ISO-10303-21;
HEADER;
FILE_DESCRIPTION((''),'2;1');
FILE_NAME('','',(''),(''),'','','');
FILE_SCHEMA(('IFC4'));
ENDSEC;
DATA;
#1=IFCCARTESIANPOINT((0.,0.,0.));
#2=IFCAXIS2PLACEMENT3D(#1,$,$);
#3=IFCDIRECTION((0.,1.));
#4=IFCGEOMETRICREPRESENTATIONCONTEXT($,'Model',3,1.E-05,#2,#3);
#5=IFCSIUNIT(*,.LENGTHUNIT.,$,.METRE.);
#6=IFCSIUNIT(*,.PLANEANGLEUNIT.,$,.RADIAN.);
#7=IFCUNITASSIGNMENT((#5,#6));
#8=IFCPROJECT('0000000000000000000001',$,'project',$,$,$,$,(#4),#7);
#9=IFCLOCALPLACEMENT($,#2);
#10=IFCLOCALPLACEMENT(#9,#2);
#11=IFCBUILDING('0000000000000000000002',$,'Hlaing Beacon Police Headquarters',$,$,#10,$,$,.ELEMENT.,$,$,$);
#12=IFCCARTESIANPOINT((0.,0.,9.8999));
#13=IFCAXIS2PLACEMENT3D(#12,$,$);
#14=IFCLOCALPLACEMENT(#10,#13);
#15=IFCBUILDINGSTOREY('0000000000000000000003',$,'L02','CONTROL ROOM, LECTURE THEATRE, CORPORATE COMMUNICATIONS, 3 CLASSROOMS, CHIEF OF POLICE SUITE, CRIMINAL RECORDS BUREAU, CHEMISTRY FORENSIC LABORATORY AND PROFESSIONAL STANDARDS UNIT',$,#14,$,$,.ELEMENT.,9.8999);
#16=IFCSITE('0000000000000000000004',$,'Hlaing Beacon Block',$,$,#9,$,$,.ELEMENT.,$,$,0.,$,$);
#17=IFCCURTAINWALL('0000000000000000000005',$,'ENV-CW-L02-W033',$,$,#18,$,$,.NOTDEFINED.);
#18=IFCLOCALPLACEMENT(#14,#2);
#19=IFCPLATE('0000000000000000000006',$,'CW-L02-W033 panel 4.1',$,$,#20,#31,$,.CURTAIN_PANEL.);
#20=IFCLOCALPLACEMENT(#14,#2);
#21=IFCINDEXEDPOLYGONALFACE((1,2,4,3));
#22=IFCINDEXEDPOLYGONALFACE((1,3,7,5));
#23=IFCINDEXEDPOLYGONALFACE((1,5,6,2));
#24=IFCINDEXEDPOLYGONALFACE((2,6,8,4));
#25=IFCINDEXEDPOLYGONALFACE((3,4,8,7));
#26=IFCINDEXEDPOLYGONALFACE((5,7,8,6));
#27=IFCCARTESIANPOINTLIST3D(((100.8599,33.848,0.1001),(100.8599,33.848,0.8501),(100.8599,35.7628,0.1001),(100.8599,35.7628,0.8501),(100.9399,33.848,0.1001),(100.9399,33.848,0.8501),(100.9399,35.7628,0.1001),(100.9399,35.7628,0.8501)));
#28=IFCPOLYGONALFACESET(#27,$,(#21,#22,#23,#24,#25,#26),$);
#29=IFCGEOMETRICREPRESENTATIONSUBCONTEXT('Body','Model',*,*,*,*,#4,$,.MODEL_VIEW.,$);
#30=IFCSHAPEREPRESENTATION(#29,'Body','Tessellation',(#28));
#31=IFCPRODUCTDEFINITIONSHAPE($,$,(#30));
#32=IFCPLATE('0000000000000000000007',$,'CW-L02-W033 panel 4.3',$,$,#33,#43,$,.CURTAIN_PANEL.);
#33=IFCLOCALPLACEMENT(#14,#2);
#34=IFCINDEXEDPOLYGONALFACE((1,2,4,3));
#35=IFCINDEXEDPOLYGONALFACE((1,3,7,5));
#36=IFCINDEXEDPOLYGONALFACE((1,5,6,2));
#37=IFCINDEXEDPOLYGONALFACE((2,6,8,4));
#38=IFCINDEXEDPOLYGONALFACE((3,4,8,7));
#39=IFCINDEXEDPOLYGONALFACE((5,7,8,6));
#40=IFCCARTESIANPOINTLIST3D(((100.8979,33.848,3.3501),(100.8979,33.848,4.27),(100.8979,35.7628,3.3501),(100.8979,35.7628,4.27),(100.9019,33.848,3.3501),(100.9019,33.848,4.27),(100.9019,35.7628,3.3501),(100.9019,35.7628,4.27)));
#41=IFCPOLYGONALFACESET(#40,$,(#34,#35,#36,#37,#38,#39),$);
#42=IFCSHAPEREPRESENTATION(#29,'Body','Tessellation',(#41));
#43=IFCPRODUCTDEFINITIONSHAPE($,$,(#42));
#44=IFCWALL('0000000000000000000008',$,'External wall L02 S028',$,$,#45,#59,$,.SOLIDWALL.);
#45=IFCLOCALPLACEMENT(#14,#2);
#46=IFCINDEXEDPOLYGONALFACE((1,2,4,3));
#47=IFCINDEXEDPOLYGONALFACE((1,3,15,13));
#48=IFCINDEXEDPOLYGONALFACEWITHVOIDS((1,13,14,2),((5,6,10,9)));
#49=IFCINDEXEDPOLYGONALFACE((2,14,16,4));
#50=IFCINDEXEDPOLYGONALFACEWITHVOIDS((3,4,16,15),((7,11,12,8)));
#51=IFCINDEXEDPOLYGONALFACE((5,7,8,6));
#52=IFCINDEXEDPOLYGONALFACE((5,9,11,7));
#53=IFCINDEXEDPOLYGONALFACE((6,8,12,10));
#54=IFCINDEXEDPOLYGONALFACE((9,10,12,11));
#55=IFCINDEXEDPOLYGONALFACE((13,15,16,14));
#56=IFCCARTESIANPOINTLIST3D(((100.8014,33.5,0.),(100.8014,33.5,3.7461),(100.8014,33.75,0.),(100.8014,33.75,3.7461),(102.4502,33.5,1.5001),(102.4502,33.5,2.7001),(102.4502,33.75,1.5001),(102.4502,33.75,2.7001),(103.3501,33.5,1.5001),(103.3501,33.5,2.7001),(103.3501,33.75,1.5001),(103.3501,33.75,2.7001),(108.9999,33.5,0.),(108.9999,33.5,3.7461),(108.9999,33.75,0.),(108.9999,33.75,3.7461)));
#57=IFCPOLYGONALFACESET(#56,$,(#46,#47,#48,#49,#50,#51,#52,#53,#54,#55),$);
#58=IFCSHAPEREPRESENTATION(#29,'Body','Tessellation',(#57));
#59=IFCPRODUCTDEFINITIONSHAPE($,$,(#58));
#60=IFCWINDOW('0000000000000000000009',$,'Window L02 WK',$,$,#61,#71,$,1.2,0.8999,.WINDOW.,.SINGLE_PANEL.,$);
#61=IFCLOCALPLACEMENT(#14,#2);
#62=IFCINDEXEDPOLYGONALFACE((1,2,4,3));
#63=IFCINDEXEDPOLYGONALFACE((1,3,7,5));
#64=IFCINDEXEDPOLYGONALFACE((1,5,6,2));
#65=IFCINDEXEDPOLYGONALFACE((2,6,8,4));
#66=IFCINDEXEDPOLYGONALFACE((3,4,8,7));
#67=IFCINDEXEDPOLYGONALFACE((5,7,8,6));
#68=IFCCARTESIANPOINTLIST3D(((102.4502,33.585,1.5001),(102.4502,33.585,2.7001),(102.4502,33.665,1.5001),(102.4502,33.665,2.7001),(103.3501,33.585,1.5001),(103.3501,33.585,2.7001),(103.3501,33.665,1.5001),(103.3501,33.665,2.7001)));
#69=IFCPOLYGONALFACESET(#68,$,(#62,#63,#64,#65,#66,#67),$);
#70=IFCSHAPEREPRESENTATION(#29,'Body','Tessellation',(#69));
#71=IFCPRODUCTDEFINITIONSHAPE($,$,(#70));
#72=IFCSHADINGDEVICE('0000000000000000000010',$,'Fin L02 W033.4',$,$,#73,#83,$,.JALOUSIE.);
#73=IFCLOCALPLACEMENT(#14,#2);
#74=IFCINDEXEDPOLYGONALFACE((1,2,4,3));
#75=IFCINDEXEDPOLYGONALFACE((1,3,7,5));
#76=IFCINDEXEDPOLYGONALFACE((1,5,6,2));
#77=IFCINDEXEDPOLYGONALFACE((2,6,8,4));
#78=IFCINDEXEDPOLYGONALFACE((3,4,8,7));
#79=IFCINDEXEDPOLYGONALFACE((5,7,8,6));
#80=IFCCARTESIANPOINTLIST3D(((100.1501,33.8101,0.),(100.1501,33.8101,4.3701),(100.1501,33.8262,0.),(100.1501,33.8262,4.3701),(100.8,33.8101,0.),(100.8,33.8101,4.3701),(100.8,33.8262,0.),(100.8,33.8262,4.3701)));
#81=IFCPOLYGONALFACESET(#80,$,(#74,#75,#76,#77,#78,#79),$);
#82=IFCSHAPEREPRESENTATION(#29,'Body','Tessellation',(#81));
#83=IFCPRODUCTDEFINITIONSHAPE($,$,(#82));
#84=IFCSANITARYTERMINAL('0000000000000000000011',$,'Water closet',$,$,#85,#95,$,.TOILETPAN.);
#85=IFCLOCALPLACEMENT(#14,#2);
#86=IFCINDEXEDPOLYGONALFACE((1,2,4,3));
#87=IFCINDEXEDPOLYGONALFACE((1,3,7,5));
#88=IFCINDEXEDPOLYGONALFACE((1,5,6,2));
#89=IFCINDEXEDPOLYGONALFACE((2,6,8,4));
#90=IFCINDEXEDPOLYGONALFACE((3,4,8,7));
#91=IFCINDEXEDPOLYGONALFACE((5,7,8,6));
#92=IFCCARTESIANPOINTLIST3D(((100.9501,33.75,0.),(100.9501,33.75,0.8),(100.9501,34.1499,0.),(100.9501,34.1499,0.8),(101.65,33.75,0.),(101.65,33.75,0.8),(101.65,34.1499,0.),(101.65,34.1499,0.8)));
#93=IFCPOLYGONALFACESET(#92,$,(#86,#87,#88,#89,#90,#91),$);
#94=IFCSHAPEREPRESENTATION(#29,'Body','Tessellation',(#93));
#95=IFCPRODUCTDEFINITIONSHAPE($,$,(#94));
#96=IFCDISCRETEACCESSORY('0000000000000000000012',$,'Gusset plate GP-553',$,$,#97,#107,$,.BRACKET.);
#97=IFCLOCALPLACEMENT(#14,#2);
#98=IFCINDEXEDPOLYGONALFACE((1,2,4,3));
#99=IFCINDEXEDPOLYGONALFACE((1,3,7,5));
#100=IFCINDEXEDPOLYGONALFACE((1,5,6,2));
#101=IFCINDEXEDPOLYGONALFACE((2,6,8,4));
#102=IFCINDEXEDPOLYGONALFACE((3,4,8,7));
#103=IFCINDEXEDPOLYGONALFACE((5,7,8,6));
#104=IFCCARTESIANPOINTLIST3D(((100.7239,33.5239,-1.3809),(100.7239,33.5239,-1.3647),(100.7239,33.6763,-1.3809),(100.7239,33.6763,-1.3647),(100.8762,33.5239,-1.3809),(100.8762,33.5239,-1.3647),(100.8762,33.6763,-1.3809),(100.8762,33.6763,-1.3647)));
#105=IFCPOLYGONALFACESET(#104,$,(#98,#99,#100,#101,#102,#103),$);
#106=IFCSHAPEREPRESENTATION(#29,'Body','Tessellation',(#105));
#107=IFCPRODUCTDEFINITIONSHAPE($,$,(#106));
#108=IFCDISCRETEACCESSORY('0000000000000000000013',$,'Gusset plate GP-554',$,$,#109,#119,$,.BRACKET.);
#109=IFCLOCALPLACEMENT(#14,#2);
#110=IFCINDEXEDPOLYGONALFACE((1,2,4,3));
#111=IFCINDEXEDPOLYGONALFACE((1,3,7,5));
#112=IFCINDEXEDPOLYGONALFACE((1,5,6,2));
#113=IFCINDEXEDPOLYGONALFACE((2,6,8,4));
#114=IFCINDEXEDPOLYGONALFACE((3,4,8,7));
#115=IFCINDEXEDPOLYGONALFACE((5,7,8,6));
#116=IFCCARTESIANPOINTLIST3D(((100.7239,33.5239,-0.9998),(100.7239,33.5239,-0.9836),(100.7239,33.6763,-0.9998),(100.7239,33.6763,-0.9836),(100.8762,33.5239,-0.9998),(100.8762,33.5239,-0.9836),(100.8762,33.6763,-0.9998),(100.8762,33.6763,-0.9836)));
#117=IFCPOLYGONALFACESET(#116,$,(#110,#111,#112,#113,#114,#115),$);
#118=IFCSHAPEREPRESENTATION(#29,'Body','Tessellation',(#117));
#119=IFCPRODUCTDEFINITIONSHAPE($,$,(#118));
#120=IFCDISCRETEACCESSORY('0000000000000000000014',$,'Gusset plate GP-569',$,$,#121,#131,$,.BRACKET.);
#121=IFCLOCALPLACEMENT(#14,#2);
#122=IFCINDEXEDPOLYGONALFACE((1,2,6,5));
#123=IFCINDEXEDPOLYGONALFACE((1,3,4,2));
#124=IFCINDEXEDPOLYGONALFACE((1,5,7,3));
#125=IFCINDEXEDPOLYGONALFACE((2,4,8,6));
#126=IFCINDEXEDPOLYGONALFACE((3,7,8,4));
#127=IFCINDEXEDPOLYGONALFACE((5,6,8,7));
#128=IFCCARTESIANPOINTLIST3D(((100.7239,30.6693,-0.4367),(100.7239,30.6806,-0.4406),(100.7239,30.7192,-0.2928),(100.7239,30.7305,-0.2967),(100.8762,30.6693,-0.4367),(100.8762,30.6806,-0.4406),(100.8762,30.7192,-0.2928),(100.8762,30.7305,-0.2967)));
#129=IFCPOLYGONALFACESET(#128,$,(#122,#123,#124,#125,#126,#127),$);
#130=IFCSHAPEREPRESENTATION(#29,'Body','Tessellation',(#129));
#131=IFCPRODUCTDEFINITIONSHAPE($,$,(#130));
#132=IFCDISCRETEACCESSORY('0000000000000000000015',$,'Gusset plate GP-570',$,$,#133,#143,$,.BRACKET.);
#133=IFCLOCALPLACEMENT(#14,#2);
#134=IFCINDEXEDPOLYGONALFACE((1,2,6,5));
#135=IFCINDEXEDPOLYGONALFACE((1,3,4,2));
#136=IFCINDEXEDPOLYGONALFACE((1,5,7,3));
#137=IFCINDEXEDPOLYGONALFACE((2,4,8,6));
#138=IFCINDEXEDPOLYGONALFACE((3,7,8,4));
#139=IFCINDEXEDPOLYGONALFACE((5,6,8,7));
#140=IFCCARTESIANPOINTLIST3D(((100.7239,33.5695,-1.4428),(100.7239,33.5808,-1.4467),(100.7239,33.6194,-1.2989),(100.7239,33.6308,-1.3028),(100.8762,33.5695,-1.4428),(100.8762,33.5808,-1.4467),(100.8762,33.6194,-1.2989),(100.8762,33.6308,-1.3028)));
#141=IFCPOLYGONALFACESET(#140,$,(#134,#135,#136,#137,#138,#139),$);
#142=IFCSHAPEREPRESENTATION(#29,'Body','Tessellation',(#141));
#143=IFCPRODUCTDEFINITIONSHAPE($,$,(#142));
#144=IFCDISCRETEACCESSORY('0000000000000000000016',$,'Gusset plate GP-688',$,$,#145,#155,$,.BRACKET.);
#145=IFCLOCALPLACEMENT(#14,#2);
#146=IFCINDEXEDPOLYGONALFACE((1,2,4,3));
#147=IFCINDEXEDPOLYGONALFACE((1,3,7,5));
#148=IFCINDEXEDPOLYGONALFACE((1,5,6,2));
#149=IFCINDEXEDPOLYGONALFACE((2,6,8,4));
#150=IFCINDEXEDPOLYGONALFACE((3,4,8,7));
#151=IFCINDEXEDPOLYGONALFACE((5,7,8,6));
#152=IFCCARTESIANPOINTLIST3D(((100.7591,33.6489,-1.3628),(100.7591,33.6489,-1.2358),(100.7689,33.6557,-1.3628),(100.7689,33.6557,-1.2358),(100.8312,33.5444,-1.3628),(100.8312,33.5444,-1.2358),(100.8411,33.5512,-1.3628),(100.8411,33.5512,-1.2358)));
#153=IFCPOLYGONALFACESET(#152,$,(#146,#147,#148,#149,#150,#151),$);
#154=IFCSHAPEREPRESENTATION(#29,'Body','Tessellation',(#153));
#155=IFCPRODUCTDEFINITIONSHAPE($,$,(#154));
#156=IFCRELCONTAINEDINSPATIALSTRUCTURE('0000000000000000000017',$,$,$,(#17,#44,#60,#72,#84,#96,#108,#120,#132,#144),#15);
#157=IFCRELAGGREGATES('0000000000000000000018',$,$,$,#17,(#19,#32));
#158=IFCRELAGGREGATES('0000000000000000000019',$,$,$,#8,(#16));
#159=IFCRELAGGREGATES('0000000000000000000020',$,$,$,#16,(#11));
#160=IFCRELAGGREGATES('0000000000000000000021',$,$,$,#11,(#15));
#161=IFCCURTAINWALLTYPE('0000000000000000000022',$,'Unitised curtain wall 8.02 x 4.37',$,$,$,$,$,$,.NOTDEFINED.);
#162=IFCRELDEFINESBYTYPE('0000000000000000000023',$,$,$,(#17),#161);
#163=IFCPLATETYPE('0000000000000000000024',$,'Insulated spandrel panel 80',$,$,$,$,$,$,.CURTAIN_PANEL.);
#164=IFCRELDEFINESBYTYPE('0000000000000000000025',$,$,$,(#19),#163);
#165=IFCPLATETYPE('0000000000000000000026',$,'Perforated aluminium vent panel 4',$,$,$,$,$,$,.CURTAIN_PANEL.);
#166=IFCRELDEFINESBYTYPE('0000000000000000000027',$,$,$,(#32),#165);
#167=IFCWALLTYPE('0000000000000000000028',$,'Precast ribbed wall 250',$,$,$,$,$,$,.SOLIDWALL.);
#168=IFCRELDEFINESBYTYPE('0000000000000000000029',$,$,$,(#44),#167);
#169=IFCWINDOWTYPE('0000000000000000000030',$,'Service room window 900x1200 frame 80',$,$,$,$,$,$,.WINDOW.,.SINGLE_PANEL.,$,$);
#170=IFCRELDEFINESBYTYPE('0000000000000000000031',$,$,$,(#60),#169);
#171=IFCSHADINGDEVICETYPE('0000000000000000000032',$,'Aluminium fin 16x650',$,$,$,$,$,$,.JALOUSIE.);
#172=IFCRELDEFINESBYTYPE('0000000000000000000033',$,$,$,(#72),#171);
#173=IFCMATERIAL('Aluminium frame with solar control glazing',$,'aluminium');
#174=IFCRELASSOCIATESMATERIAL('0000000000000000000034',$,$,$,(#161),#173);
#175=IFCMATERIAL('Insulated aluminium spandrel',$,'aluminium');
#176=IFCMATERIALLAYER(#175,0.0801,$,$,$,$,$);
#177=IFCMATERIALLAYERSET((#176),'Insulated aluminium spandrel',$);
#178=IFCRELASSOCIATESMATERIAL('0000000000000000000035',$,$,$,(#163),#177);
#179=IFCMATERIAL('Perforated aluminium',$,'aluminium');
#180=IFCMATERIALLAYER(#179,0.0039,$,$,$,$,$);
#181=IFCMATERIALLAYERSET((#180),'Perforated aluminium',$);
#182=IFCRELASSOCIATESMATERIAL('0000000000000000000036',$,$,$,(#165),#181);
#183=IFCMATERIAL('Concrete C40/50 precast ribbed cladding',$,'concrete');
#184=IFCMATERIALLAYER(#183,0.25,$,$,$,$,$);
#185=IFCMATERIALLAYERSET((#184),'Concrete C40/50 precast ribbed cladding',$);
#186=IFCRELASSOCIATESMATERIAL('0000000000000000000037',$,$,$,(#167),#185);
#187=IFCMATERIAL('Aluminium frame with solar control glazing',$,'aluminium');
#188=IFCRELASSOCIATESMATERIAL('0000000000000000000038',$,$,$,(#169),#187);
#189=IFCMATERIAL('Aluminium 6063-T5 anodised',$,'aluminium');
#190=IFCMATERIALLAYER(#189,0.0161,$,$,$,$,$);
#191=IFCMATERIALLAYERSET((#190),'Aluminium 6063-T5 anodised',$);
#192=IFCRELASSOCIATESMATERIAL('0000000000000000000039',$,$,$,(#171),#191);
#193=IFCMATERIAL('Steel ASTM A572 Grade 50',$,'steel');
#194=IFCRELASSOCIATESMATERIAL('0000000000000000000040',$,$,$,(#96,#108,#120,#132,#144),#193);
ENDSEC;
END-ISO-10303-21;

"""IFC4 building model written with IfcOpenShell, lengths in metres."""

from ifc_helpers import new_model, si_unit, direction, frame, frame_2d, origin, origin_2d, place, context, subcontext, project, spatial, rectangle, extrude, material, layer, layer_set, type_object, element, fill, aggregate, save


model = new_model("IFC4")

# Units and contexts
model_context = context("Model", 3, precision=1e-05, world=origin(), true_north=direction((0.0, 1.0)))
body_context = subcontext(model_context, "Body", "Model", "MODEL_VIEW")
ifc_project = project(units=[si_unit("LENGTHUNIT", "METRE"), si_unit("PLANEANGLEUNIT", "RADIAN")], contexts=[model_context])

# Site, building, storey
site_placement = place(None, origin())
site = spatial("IfcSite", under=ifc_project, at=site_placement, Name="Hlaing Beacon Block", CompositionType="ELEMENT", RefElevation=0.0)
building_placement = place(site_placement, origin())
building = spatial("IfcBuilding", under=site, at=building_placement, Name="Hlaing Beacon Police Headquarters", CompositionType="ELEMENT")
storey_placement = place(building_placement, frame((0.0, 0.0, 9.8999)))
storey = spatial("IfcBuildingStorey", under=building, at=storey_placement, Name="L02", Description="CONTROL ROOM, LECTURE THEATRE, CORPORATE COMMUNICATIONS, 3 CLASSROOMS, CHIEF OF POLICE SUITE, CRIMINAL RECORDS BUREAU, CHEMISTRY FORENSIC LABORATORY AND PROFESSIONAL STANDARDS UNIT", CompositionType="ELEMENT", Elevation=9.8999)

# Curtain wall
ifc_material_1 = material(Name="Aluminium frame with solar control glazing", Category="aluminium")
curtain_wall_type = type_object("IfcCurtainWallType", Name="Unitised curtain wall 8.02 x 4.37", PredefinedType="NOTDEFINED", material=ifc_material_1)
curtain_wall_placement = place(storey_placement, origin())
curtain_wall = element("IfcCurtainWall", 1, at=curtain_wall_placement, inside=storey, type_object=curtain_wall_type, Name="ENV-CW-L02-W033", PredefinedType="NOTDEFINED")

# Plates
ifc_material_2 = material(Name="Insulated aluminium spandrel", Category="aluminium")
ifc_layer_1 = layer(ifc_material_2, 0.0801)
ifc_layer_set_1 = layer_set([ifc_layer_1], Name="Insulated aluminium spandrel")
plate_type_1 = type_object("IfcPlateType", Name="Insulated spandrel panel 80", PredefinedType="CURTAIN_PANEL", material=ifc_layer_set_1)
plate_1_placement = place(storey_placement, frame((100.8999, 34.8054, 0.1001), z_axis=(0.0, 0.0, 1.0), x_axis=(0.0, -1.0, 0.0)))
plate_1 = element("IfcPlate", 2, at=plate_1_placement, type_object=plate_type_1, Name="CW-L02-W033 panel 4.1", PredefinedType="CURTAIN_PANEL", context=body_context, shape_type="SweptSolid", body=[
    extrude(rectangle(XDim=1.9148, YDim=0.0801, at=origin_2d()), origin(), (0.0, 0.0, 1.0), 0.75),
])
ifc_material_3 = material(Name="Perforated aluminium", Category="aluminium")
ifc_layer_2 = layer(ifc_material_3, 0.0039)
ifc_layer_set_2 = layer_set([ifc_layer_2], Name="Perforated aluminium")
plate_type_2 = type_object("IfcPlateType", Name="Perforated aluminium vent panel 4", PredefinedType="CURTAIN_PANEL", material=ifc_layer_set_2)
plate_2_placement = place(storey_placement, frame((100.8999, 34.8054, 3.3501), z_axis=(0.0, 0.0, 1.0), x_axis=(0.0, -1.0, 0.0)))
plate_2 = element("IfcPlate", 3, at=plate_2_placement, type_object=plate_type_2, Name="CW-L02-W033 panel 4.3", PredefinedType="CURTAIN_PANEL", context=body_context, shape_type="SweptSolid", body=[
    extrude(rectangle(XDim=1.9148, YDim=0.0039, at=origin_2d()), origin(), (0.0, 0.0, 1.0), 0.9199),
])
aggregate(curtain_wall, [plate_1, plate_2])

# Wall, opening, window
ifc_material_4 = material(Name="Concrete C40/50 precast ribbed cladding", Category="concrete")
ifc_layer_3 = layer(ifc_material_4, 0.25)
ifc_layer_set_3 = layer_set([ifc_layer_3], Name="Concrete C40/50 precast ribbed cladding")
wall_type = type_object("IfcWallType", Name="Precast ribbed wall 250", PredefinedType="SOLIDWALL", material=ifc_layer_set_3)
wall_placement = place(storey_placement, frame((100.8015, 33.625, 0.0), z_axis=(0.0, 0.0, 1.0), x_axis=(1.0, 0.0, 0.0)))
wall = element("IfcWall", 4, at=wall_placement, inside=storey, type_object=wall_type, Name="External wall L02 S028", PredefinedType="SOLIDWALL", context=body_context, shape_type="SweptSolid", body=[
    extrude(rectangle(XDim=8.1985, YDim=0.25, at=frame_2d((4.0991, 0.0))), origin(), (0.0, 0.0, 1.0), 3.7461),
])
opening_placement = place(wall_placement, frame((1.6487, 0.0, 1.5)))
opening = element("IfcOpeningElement", 5, at=opening_placement, cuts=wall, PredefinedType="OPENING", context=body_context, shape_type="SweptSolid", body=[
    extrude(rectangle(XDim=0.8999, YDim=1.2, at=frame_2d((0.45, 0.6001))), frame((0.0, 0.135, 0.0), z_axis=(0.0, -1.0, 0.0), x_axis=(1.0, 0.0, 0.0)), (0.0, 0.0, 1.0), 0.27),
])
ifc_material_5 = material(Name="Aluminium frame with solar control glazing", Category="aluminium")
window_type = type_object("IfcWindowType", Name="Service room window 900x1200 frame 80", PartitioningType="SINGLE_PANEL", PredefinedType="WINDOW", material=ifc_material_5)
window_placement = place(opening_placement, origin())
window = element("IfcWindow", 6, at=window_placement, inside=storey, type_object=window_type, Name="Window L02 WK", OverallHeight=1.2, OverallWidth=0.8999, PartitioningType="SINGLE_PANEL", PredefinedType="WINDOW", context=body_context, shape_type="SweptSolid", body=[
    extrude(rectangle(XDim=0.8999, YDim=1.2, at=frame_2d((0.45, 0.6001))), frame((0.0, 0.04, 0.0), z_axis=(0.0, -1.0, 0.0), x_axis=(1.0, 0.0, 0.0)), (0.0, 0.0, 1.0), 0.0801),
])
fill(opening, window)

# Shading device
ifc_material_6 = material(Name="Aluminium 6063-T5 anodised", Category="aluminium")
ifc_layer_4 = layer(ifc_material_6, 0.0161)
ifc_layer_set_4 = layer_set([ifc_layer_4], Name="Aluminium 6063-T5 anodised")
shading_device_type = type_object("IfcShadingDeviceType", Name="Aluminium fin 16x650", PredefinedType="JALOUSIE", material=ifc_layer_set_4)
shading_device_placement = place(storey_placement, frame((100.4751, 33.8181, 0.0), z_axis=(0.0, 0.0, 1.0), x_axis=(0.0, -1.0, 0.0)))
element("IfcShadingDevice", 7, at=shading_device_placement, inside=storey, type_object=shading_device_type, Name="Fin L02 W033.4", PredefinedType="JALOUSIE", context=body_context, shape_type="SweptSolid", body=[
    extrude(rectangle(XDim=0.0161, YDim=0.6499, at=origin_2d()), origin(), (0.0, 0.0, 1.0), 4.3701),
])

# Sanitary terminal
sanitary_terminal_placement = place(storey_placement, frame((101.3, 33.95, 0.0), z_axis=(0.0, 0.0, 1.0), x_axis=(1.0, 0.0, 0.0)))
element("IfcSanitaryTerminal", 8, at=sanitary_terminal_placement, inside=storey, Name="Water closet", PredefinedType="TOILETPAN", context=body_context, shape_type="SweptSolid", body=[
    extrude(rectangle(XDim=0.7, YDim=0.3999, at=origin_2d()), origin(), (0.0, 0.0, 1.0), 0.8),
])

# Discrete accessories
ifc_material_7 = material(Name="Steel ASTM A572 Grade 50", Category="steel")
for number, where, z_axis, x_axis, name in (
    (9, (100.8, 33.6001, -1.3647), (0.0, 0.0, -1.0), (1.0, 0.0, 0.0), "Gusset plate GP-553"),
    (10, (100.8, 33.6001, -0.9998), (0.0, 0.0, 1.0), (1.0, 0.0, 0.0), "Gusset plate GP-554"),
):
    element("IfcDiscreteAccessory", number, at=place(storey_placement, frame(where, z_axis=z_axis, x_axis=x_axis)), inside=storey, material=ifc_material_7, Name=name, PredefinedType="BRACKET", context=body_context, shape_type="SweptSolid", body=[
        extrude(rectangle(XDim=0.1523, YDim=0.1523, at=origin_2d()), origin(), (0.0, 0.0, 1.0), 0.0161),
    ])
for number, where, z_axis, x_axis, name in (
    (11, (100.8, 30.7056, -0.3687), (0.0, -0.944764, 0.327752), (1.0, 0.0, 0.0), "Gusset plate GP-569"),
    (12, (100.8, 33.5945, -1.3708), (0.0, 0.944764, -0.327752), (-1.0, 0.0, 0.0), "Gusset plate GP-570"),
):
    element("IfcDiscreteAccessory", number, at=place(storey_placement, frame(where, z_axis=z_axis, x_axis=x_axis)), inside=storey, material=ifc_material_7, Name=name, PredefinedType="BRACKET", context=body_context, shape_type="SweptSolid", body=[
        extrude(rectangle(XDim=0.1523, YDim=0.1523, at=origin_2d()), origin(), (0.0, 0.0, 1.0), 0.012),
    ])
discrete_accessory_placement = place(storey_placement, frame((100.7952, 33.5967, -1.2993), z_axis=(0.822899, 0.568187, 0.0), x_axis=(-0.568187, 0.822899, 0.0)))
element("IfcDiscreteAccessory", 13, at=discrete_accessory_placement, inside=storey, material=ifc_material_7, Name="Gusset plate GP-688", PredefinedType="BRACKET", context=body_context, shape_type="SweptSolid", body=[
    extrude(rectangle(XDim=0.127, YDim=0.127, at=origin_2d()), origin(), (0.0, 0.0, 1.0), 0.012),
])

save(model, "model.ifc")
